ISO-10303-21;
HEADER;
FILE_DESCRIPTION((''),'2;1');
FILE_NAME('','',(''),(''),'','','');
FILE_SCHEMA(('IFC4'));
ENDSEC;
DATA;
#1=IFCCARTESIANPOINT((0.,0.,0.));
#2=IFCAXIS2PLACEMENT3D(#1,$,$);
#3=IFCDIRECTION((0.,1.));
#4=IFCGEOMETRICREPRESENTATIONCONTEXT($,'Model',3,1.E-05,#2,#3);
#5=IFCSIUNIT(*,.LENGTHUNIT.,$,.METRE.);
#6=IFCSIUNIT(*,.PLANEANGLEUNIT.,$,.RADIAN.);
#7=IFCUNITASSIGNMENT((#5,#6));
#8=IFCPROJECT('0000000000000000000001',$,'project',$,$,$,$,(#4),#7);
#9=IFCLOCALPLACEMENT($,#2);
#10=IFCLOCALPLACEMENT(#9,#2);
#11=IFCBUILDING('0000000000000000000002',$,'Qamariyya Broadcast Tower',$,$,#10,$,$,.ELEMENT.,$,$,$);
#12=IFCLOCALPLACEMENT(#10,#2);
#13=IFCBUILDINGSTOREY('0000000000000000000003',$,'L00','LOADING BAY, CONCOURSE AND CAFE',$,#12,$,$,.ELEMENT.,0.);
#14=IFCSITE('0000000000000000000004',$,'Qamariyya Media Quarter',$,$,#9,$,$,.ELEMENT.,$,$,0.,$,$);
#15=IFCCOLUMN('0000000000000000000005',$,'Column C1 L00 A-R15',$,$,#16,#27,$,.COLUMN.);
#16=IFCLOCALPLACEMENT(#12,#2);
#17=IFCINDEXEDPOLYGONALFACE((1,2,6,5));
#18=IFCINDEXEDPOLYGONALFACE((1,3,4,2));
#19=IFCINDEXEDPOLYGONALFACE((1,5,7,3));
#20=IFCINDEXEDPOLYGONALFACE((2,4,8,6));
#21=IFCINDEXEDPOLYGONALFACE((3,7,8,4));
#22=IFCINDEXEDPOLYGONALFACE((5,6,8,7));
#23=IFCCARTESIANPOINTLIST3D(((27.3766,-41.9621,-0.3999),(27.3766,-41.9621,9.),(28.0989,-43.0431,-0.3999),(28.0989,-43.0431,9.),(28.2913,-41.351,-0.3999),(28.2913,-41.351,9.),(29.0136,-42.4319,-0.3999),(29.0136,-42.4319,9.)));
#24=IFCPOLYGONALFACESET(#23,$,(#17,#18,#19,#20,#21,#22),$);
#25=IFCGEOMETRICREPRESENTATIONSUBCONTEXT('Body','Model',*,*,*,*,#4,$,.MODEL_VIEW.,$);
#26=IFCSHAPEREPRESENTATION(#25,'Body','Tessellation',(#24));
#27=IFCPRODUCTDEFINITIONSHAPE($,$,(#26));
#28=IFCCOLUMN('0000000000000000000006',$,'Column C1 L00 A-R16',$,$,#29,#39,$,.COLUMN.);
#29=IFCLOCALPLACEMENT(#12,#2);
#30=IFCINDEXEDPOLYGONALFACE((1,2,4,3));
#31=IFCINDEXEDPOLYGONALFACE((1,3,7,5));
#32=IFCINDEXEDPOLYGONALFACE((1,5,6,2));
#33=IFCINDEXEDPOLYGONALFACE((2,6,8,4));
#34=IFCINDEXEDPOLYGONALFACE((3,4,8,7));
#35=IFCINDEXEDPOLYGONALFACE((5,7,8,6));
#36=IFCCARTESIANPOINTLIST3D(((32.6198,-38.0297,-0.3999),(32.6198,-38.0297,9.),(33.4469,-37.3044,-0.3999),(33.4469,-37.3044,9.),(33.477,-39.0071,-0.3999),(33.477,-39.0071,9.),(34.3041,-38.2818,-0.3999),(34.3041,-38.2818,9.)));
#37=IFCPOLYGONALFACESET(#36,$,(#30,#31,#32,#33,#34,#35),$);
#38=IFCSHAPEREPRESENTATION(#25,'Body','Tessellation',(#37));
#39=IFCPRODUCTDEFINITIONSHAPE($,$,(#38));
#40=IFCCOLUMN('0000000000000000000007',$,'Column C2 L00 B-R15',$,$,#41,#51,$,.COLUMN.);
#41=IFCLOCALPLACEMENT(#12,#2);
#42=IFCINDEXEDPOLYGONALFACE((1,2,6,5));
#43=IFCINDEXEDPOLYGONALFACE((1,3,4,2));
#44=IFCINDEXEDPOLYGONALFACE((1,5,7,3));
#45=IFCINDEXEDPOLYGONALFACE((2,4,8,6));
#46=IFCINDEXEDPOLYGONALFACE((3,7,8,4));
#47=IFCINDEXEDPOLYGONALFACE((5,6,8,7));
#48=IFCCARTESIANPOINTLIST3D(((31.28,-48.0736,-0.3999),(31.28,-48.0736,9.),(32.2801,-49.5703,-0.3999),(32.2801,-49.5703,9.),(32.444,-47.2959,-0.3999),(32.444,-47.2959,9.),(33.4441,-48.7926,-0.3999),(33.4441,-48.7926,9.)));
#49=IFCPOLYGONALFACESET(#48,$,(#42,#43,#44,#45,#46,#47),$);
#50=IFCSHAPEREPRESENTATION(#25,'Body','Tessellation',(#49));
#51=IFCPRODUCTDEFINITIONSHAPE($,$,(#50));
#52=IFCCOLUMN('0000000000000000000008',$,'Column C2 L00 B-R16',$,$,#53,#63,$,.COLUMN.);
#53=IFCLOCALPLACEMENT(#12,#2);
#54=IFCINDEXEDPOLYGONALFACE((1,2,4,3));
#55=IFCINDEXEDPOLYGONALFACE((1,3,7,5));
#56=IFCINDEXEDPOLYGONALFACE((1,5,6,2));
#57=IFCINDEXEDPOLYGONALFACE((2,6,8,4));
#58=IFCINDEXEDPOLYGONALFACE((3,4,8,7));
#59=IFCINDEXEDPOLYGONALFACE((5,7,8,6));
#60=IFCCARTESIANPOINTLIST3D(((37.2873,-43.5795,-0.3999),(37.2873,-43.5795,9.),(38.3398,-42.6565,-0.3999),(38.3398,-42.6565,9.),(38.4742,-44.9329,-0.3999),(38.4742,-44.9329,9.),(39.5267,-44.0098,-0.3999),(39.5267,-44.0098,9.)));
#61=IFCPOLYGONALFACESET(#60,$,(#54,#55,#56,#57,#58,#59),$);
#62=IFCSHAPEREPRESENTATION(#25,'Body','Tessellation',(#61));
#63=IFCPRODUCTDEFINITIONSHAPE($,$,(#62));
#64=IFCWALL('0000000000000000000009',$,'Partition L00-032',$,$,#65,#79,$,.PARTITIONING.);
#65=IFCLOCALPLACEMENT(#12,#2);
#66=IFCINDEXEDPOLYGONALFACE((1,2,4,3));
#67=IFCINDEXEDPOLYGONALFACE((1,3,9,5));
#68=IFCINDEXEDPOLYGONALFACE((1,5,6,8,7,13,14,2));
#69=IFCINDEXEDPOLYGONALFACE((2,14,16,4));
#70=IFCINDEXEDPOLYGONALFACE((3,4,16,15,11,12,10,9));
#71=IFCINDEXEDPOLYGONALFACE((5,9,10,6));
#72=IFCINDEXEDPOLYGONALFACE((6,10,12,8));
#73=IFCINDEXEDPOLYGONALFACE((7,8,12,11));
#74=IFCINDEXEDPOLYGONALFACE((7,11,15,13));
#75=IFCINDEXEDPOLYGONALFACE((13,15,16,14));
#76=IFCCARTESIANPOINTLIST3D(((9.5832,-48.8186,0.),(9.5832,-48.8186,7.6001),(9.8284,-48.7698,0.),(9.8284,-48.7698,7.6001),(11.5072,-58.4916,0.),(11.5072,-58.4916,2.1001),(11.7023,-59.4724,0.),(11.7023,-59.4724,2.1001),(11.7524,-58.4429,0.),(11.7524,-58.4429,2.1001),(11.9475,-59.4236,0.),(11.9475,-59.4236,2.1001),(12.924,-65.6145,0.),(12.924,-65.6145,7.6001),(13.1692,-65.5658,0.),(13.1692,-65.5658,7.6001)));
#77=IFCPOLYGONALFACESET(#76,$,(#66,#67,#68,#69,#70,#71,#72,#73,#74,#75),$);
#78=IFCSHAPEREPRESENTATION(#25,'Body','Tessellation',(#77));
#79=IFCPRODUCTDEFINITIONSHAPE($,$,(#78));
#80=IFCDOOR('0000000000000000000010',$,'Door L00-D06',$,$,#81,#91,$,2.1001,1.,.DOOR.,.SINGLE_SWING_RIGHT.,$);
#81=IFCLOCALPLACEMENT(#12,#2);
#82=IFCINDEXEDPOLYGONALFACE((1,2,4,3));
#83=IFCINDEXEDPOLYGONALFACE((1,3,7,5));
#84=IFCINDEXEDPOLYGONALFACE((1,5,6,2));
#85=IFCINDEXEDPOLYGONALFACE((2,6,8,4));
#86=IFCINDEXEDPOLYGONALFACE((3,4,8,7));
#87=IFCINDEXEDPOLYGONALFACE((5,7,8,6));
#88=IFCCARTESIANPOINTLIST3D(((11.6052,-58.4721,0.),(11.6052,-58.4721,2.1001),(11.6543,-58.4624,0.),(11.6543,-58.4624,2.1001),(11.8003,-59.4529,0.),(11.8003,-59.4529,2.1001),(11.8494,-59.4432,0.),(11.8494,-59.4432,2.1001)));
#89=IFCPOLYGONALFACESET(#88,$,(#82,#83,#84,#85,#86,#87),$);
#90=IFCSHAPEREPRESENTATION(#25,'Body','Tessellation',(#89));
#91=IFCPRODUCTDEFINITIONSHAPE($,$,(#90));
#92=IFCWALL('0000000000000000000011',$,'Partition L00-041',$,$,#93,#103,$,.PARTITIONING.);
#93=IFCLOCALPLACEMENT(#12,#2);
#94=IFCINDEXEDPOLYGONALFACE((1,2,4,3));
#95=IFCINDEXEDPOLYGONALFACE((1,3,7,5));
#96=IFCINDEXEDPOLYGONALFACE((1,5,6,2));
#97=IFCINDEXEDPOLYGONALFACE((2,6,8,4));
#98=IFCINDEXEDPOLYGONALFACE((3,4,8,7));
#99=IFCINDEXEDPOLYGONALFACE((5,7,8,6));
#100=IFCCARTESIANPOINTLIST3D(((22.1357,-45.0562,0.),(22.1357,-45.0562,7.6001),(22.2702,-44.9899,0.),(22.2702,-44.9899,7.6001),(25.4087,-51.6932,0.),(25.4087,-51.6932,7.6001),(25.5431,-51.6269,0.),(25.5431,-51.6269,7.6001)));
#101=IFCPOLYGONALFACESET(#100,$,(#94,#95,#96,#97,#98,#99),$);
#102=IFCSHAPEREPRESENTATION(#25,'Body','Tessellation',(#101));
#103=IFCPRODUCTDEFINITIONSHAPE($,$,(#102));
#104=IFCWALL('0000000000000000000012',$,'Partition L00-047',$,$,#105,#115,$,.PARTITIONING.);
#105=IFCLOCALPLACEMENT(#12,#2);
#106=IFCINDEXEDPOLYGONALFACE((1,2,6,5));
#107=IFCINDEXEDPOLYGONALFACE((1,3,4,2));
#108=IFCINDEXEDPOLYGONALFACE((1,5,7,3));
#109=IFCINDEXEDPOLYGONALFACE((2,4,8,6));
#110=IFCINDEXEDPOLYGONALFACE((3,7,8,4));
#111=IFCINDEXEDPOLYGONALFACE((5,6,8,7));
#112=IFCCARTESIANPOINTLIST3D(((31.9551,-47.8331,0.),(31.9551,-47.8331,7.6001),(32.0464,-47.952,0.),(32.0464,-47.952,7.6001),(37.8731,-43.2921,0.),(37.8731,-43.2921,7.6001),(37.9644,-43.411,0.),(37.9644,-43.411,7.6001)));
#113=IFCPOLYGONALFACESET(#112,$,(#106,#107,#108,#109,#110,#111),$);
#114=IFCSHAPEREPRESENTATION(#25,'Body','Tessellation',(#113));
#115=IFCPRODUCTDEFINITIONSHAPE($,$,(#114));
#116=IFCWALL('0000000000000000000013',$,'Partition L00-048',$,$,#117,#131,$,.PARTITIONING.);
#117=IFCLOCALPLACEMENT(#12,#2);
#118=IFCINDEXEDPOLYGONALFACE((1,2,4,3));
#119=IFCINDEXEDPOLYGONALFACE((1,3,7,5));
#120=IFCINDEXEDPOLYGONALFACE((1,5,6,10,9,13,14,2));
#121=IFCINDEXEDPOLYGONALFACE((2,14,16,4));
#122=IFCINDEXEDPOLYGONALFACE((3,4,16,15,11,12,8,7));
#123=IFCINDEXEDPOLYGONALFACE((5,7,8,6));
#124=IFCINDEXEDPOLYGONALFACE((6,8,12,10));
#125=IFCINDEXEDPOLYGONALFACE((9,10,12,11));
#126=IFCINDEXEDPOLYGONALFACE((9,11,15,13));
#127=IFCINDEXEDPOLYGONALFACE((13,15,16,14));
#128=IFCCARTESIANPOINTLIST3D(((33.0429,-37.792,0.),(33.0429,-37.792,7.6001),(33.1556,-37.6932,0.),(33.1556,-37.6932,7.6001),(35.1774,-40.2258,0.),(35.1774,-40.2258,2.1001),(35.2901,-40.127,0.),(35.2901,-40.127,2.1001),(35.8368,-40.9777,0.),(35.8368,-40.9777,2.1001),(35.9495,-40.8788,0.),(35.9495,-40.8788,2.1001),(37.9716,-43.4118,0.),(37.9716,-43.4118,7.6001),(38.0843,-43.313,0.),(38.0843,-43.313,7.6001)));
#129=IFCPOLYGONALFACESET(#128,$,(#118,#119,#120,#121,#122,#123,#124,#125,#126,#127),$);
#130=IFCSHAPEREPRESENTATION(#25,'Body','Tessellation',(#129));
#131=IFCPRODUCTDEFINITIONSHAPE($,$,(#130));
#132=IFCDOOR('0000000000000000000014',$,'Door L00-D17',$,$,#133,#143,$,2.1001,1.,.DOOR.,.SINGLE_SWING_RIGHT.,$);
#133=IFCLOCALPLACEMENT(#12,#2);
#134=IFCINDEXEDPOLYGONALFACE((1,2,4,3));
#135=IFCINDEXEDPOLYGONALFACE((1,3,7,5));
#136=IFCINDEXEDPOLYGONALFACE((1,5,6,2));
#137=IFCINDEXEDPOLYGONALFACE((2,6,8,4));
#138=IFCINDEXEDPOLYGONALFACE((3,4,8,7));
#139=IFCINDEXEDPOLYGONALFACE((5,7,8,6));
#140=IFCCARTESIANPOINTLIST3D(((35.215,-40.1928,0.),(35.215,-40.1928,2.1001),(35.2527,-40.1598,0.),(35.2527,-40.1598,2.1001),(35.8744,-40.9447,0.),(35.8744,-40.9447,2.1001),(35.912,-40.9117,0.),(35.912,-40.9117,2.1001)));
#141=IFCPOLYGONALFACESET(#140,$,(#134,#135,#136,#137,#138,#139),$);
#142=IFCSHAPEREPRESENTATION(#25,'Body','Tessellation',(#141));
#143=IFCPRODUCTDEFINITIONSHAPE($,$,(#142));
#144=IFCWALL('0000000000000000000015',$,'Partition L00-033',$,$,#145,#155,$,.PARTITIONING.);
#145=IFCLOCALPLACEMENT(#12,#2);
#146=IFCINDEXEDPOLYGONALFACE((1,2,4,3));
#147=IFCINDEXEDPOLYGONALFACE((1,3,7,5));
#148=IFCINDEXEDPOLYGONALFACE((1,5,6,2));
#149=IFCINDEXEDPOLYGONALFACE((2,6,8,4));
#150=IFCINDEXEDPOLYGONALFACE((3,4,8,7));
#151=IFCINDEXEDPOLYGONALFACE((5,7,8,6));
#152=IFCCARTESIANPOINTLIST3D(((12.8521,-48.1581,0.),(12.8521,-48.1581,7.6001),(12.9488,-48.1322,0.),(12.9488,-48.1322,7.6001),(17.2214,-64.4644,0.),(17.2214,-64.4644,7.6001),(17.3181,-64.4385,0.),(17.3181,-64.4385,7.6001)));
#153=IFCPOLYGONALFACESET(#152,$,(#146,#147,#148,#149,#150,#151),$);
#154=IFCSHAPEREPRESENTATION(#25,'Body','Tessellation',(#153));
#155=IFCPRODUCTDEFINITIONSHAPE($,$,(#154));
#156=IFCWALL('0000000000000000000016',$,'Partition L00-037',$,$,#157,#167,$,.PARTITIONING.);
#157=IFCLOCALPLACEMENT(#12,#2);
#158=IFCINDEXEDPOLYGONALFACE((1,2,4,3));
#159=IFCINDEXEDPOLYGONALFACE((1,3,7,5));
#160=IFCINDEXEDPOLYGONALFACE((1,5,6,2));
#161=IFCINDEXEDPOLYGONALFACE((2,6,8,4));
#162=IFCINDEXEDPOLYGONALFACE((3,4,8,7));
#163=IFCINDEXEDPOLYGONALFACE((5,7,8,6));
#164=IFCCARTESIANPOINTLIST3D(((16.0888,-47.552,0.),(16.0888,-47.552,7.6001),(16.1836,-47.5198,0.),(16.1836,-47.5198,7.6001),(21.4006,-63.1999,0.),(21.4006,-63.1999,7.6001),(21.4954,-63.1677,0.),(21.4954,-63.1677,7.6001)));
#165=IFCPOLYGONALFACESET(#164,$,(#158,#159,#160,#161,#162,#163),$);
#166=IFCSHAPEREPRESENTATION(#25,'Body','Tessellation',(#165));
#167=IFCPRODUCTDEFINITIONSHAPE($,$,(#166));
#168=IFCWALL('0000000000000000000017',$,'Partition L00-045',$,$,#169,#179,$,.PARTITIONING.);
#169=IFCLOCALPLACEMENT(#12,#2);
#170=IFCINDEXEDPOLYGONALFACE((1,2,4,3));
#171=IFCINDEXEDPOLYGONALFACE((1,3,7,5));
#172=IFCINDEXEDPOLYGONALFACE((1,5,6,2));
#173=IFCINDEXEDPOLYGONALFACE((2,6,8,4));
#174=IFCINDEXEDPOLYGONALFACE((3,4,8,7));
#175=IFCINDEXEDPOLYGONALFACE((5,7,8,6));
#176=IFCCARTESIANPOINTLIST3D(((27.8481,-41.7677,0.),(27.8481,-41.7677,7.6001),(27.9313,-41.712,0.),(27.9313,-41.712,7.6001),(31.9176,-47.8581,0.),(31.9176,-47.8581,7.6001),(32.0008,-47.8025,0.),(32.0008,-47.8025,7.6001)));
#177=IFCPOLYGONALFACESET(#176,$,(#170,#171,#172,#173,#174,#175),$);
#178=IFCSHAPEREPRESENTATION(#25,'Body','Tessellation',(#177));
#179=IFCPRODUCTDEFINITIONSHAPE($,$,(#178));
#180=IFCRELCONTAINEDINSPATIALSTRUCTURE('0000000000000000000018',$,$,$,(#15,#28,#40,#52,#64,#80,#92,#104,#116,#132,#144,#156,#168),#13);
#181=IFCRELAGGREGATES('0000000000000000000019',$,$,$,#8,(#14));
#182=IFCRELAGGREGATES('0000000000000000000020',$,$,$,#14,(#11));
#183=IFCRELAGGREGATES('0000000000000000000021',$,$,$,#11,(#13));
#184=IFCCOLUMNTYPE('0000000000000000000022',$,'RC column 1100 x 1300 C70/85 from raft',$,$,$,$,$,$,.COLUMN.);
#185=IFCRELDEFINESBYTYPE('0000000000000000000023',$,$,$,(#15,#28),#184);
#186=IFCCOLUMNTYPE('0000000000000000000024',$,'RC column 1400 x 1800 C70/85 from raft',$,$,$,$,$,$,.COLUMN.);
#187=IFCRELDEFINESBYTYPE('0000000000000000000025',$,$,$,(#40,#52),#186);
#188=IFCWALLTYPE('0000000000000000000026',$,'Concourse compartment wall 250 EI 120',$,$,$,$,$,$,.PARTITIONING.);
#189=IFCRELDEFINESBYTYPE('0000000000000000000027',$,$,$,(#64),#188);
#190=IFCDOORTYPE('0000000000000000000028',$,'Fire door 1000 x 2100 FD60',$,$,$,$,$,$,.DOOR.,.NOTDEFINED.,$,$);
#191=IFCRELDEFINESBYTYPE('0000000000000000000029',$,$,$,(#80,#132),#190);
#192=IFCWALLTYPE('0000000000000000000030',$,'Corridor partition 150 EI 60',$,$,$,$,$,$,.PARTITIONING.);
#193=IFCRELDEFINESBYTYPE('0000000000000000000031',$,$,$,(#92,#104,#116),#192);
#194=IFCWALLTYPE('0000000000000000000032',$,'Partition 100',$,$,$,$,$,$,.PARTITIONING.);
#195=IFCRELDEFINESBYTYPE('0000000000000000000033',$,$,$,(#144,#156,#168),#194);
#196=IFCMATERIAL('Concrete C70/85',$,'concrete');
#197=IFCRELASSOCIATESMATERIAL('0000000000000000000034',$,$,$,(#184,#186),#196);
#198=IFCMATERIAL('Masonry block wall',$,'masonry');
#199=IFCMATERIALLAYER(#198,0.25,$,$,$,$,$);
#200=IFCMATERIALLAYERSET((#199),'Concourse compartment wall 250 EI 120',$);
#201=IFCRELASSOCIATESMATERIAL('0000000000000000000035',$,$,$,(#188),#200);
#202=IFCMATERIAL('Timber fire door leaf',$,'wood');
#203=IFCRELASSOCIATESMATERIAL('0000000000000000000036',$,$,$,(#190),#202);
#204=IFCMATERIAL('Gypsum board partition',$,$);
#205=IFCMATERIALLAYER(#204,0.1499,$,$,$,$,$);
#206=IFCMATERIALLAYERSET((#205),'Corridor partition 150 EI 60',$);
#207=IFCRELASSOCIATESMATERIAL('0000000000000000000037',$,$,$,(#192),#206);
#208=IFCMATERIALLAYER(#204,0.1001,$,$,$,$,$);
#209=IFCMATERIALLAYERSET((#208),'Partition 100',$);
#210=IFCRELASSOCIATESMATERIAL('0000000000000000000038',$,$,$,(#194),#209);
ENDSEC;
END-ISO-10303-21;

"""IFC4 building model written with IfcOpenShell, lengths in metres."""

from ifc_helpers import new_model, si_unit, direction, frame, frame_2d, origin, origin_2d, place, context, subcontext, project, spatial, rectangle, extrude, material, layer, layer_set, material_profile, profile_set, type_object, element, fill, save


model = new_model("IFC4")

# Units and contexts
model_context = context("Model", 3, precision=1e-05, world=origin(), true_north=direction((0.0, 1.0)))
body_context = subcontext(model_context, "Body", "Model", "MODEL_VIEW")
ifc_project = project(units=[si_unit("LENGTHUNIT", "METRE"), si_unit("PLANEANGLEUNIT", "RADIAN")], contexts=[model_context])

# Site, building, storey
site_placement = place(None, origin())
site = spatial("IfcSite", under=ifc_project, at=site_placement, Name="Qamariyya Media Quarter", CompositionType="ELEMENT", RefElevation=0.0)
building_placement = place(site_placement, origin())
building = spatial("IfcBuilding", under=site, at=building_placement, Name="Qamariyya Broadcast Tower", CompositionType="ELEMENT")
storey_placement = place(building_placement, origin())
storey = spatial("IfcBuildingStorey", under=building, at=storey_placement, Name="L00", Description="LOADING BAY, CONCOURSE AND CAFE", CompositionType="ELEMENT", Elevation=0.0)

# Columns
ifc_material_1 = material(Name="Concrete C70/85", Category="concrete")
ifc_material_profile_1 = material_profile(ifc_material_1, rectangle(XDim=1.1001, YDim=1.3, at=origin_2d()))
ifc_profile_set_1 = profile_set([ifc_material_profile_1], Name="Concrete C70/85")
column_type_1 = type_object("IfcColumnType", Name="RC column 1100 x 1300 C70/85 from raft", PredefinedType="COLUMN", material=ifc_profile_set_1)
for number, where, z_axis, x_axis, name in (
    (1, (28.1951, -42.197, -0.3999), (0.0, 0.0, 1.0), (0.83147, 0.55557, 0.0), "Column C1 L00 A-R15"),
    (2, (33.4619, -38.1558, -0.3999), (0.0, 0.0, 1.0), (0.75184, 0.659346, 0.0), "Column C1 L00 A-R16"),
):
    element("IfcColumn", number, at=place(storey_placement, frame(where, z_axis=z_axis, x_axis=x_axis)), inside=storey, type_object=column_type_1, Name=name, PredefinedType="COLUMN", context=body_context, shape_type="SweptSolid", body=[
        extrude(rectangle(XDim=1.1001, YDim=1.3, at=origin_2d()), origin(), (0.0, 0.0, 1.0), 9.3999),
    ])
ifc_material_profile_2 = material_profile(ifc_material_1, rectangle(XDim=1.3999, YDim=1.8, at=origin_2d()))
ifc_profile_set_2 = profile_set([ifc_material_profile_2], Name="Concrete C70/85")
column_type_2 = type_object("IfcColumnType", Name="RC column 1400 x 1800 C70/85 from raft", PredefinedType="COLUMN", material=ifc_profile_set_2)
for number, where, z_axis, x_axis, name in (
    (3, (32.3621, -48.4331, -0.3999), (0.0, 0.0, 1.0), (0.83147, 0.55557, 0.0), "Column C2 L00 B-R15"),
    (4, (38.407, -43.7947, -0.3999), (0.0, 0.0, 1.0), (0.75184, 0.659346, 0.0), "Column C2 L00 B-R16"),
):
    element("IfcColumn", number, at=place(storey_placement, frame(where, z_axis=z_axis, x_axis=x_axis)), inside=storey, type_object=column_type_2, Name=name, PredefinedType="COLUMN", context=body_context, shape_type="SweptSolid", body=[
        extrude(rectangle(XDim=1.3999, YDim=1.8, at=origin_2d()), origin(), (0.0, 0.0, 1.0), 9.3999),
    ])

# Wall, opening, door
ifc_material_2 = material(Name="Masonry block wall", Category="masonry")
ifc_layer_1 = layer(ifc_material_2, 0.25)
ifc_layer_set_1 = layer_set([ifc_layer_1], Name="Concourse compartment wall 250 EI 120")
wall_type_1 = type_object("IfcWallType", Name="Concourse compartment wall 250 EI 120", PredefinedType="PARTITIONING", material=ifc_layer_set_1)
wall_1_placement = place(storey_placement, frame((9.7058, -48.7942, 0.0), z_axis=(0.0, 0.0, 1.0), x_axis=(0.195085, -0.980786, 0.0)))
wall_1 = element("IfcWall", 5, at=wall_1_placement, inside=storey, type_object=wall_type_1, Name="Partition L00-032", PredefinedType="PARTITIONING", context=body_context, shape_type="SweptSolid", body=[
    extrude(rectangle(XDim=17.125, YDim=0.25, at=frame_2d((8.5625, 0.0))), origin(), (0.0, 0.0, 1.0), 7.6001),
])
opening_1_placement = place(wall_1_placement, frame((9.8625, 0.0, 0.0)))
opening_1 = element("IfcOpeningElement", 6, at=opening_1_placement, cuts=wall_1, PredefinedType="OPENING", context=body_context, shape_type="SweptSolid", body=[
    extrude(rectangle(XDim=1.0, YDim=2.1001, at=frame_2d((0.5, 1.05))), frame((0.0, 0.135, 0.0), z_axis=(0.0, -1.0, 0.0), x_axis=(1.0, 0.0, 0.0)), (0.0, 0.0, 1.0), 0.27),
])
ifc_material_3 = material(Name="Timber fire door leaf", Category="wood")
door_type_1 = type_object("IfcDoorType", Name="Fire door 1000 x 2100 FD60", OperationType="NOTDEFINED", PredefinedType="DOOR", material=ifc_material_3)
door_1_placement = place(opening_1_placement, origin())
door_1 = element("IfcDoor", 7, at=door_1_placement, inside=storey, type_object=door_type_1, Name="Door L00-D06", OperationType="SINGLE_SWING_RIGHT", OverallHeight=2.1001, OverallWidth=1.0, PredefinedType="DOOR", context=body_context, shape_type="SweptSolid", body=[
    extrude(rectangle(XDim=1.0, YDim=2.1001, at=frame_2d((0.5, 1.05))), frame((0.0, 0.0249, 0.0), z_axis=(0.0, -1.0, 0.0), x_axis=(1.0, 0.0, 0.0)), (0.0, 0.0, 1.0), 0.05),
])
fill(opening_1, door_1)

# Walls
ifc_material_4 = material(Name="Gypsum board partition")
ifc_layer_2 = layer(ifc_material_4, 0.1499)
ifc_layer_set_2 = layer_set([ifc_layer_2], Name="Corridor partition 150 EI 60")
wall_type_2 = type_object("IfcWallType", Name="Corridor partition 150 EI 60", PredefinedType="PARTITIONING", material=ifc_layer_set_2)
wall_2_placement = place(storey_placement, frame((22.2029, -45.0229, 0.0), z_axis=(0.0, 0.0, 1.0), x_axis=(0.442284, -0.896875, 0.0)))
element("IfcWall", 8, at=wall_2_placement, inside=storey, type_object=wall_type_2, Name="Partition L00-041", PredefinedType="PARTITIONING", context=body_context, shape_type="SweptSolid", body=[
    extrude(rectangle(XDim=7.4001, YDim=0.1499, at=frame_2d((3.7002, 0.0))), origin(), (0.0, 0.0, 1.0), 7.6001),
])
wall_3_placement = place(storey_placement, frame((32.0007, -47.8926, 0.0), z_axis=(0.0, 0.0, 1.0), x_axis=(0.793353, 0.608761, 0.0)))
element("IfcWall", 9, at=wall_3_placement, inside=storey, type_object=wall_type_2, Name="Partition L00-047", PredefinedType="PARTITIONING", context=body_context, shape_type="SweptSolid", body=[
    extrude(rectangle(XDim=7.4595, YDim=0.1499, at=frame_2d((3.7297, 0.0))), origin(), (0.0, 0.0, 1.0), 7.6001),
])

# Wall, opening, door
wall_4_placement = place(storey_placement, frame((38.0278, -43.3623, 0.0), z_axis=(0.0, 0.0, 1.0), x_axis=(-0.659362, 0.751826, 0.0)))
wall_4 = element("IfcWall", 10, at=wall_4_placement, inside=storey, type_object=wall_type_2, Name="Partition L00-048", PredefinedType="PARTITIONING", context=body_context, shape_type="SweptSolid", body=[
    extrude(rectangle(XDim=7.4749, YDim=0.1499, at=frame_2d((3.7373, 0.0))), origin(), (0.0, 0.0, 1.0), 7.6001),
])
opening_2_placement = place(wall_4_placement, frame((3.2375, 0.0, 0.0)))
opening_2 = element("IfcOpeningElement", 11, at=opening_2_placement, cuts=wall_4, PredefinedType="OPENING", context=body_context, shape_type="SweptSolid", body=[
    extrude(rectangle(XDim=1.0, YDim=2.1001, at=frame_2d((0.5, 1.05))), frame((0.0, 0.085, 0.0), z_axis=(0.0, -1.0, 0.0), x_axis=(1.0, 0.0, 0.0)), (0.0, 0.0, 1.0), 0.1699),
])
door_2_placement = place(opening_2_placement, origin())
door_2 = element("IfcDoor", 12, at=door_2_placement, inside=storey, type_object=door_type_1, Name="Door L00-D17", OperationType="SINGLE_SWING_RIGHT", OverallHeight=2.1001, OverallWidth=1.0, PredefinedType="DOOR", context=body_context, shape_type="SweptSolid", body=[
    extrude(rectangle(XDim=1.0, YDim=2.1001, at=frame_2d((0.5, 1.05))), frame((0.0, 0.0249, 0.0), z_axis=(0.0, -1.0, 0.0), x_axis=(1.0, 0.0, 0.0)), (0.0, 0.0, 1.0), 0.05),
])
fill(opening_2, door_2)

# Walls
ifc_layer_3 = layer(ifc_material_4, 0.1001)
ifc_layer_set_3 = layer_set([ifc_layer_3], Name="Partition 100")
wall_type_3 = type_object("IfcWallType", Name="Partition 100", PredefinedType="PARTITIONING", material=ifc_layer_set_3)
wall_5_placement = place(storey_placement, frame((12.9004, -48.145, 0.0), z_axis=(0.0, 0.0, 1.0), x_axis=(0.258825, -0.965924, 0.0)))
element("IfcWall", 13, at=wall_5_placement, inside=storey, type_object=wall_type_3, Name="Partition L00-033", PredefinedType="PARTITIONING", context=body_context, shape_type="SweptSolid", body=[
    extrude(rectangle(XDim=16.8816, YDim=0.1001, at=frame_2d((8.4409, 0.0))), origin(), (0.0, 0.0, 1.0), 7.6001),
])
wall_6_placement = place(storey_placement, frame((16.1362, -47.5359, 0.0), z_axis=(0.0, 0.0, 1.0), x_axis=(0.32144, -0.94693, 0.0)))
element("IfcWall", 14, at=wall_6_placement, inside=storey, type_object=wall_type_3, Name="Partition L00-037", PredefinedType="PARTITIONING", context=body_context, shape_type="SweptSolid", body=[
    extrude(rectangle(XDim=16.5249, YDim=0.1001, at=frame_2d((8.2625, 0.0))), origin(), (0.0, 0.0, 1.0), 7.6001),
])
wall_7_placement = place(storey_placement, frame((27.8896, -41.7397, 0.0), z_axis=(0.0, 0.0, 1.0), x_axis=(0.555569, -0.83147, 0.0)))
element("IfcWall", 15, at=wall_7_placement, inside=storey, type_object=wall_type_3, Name="Partition L00-045", PredefinedType="PARTITIONING", context=body_context, shape_type="SweptSolid", body=[
    extrude(rectangle(XDim=7.325, YDim=0.1001, at=frame_2d((3.6626, 0.0))), origin(), (0.0, 0.0, 1.0), 7.6001),
])

save(model, "model.ifc")
